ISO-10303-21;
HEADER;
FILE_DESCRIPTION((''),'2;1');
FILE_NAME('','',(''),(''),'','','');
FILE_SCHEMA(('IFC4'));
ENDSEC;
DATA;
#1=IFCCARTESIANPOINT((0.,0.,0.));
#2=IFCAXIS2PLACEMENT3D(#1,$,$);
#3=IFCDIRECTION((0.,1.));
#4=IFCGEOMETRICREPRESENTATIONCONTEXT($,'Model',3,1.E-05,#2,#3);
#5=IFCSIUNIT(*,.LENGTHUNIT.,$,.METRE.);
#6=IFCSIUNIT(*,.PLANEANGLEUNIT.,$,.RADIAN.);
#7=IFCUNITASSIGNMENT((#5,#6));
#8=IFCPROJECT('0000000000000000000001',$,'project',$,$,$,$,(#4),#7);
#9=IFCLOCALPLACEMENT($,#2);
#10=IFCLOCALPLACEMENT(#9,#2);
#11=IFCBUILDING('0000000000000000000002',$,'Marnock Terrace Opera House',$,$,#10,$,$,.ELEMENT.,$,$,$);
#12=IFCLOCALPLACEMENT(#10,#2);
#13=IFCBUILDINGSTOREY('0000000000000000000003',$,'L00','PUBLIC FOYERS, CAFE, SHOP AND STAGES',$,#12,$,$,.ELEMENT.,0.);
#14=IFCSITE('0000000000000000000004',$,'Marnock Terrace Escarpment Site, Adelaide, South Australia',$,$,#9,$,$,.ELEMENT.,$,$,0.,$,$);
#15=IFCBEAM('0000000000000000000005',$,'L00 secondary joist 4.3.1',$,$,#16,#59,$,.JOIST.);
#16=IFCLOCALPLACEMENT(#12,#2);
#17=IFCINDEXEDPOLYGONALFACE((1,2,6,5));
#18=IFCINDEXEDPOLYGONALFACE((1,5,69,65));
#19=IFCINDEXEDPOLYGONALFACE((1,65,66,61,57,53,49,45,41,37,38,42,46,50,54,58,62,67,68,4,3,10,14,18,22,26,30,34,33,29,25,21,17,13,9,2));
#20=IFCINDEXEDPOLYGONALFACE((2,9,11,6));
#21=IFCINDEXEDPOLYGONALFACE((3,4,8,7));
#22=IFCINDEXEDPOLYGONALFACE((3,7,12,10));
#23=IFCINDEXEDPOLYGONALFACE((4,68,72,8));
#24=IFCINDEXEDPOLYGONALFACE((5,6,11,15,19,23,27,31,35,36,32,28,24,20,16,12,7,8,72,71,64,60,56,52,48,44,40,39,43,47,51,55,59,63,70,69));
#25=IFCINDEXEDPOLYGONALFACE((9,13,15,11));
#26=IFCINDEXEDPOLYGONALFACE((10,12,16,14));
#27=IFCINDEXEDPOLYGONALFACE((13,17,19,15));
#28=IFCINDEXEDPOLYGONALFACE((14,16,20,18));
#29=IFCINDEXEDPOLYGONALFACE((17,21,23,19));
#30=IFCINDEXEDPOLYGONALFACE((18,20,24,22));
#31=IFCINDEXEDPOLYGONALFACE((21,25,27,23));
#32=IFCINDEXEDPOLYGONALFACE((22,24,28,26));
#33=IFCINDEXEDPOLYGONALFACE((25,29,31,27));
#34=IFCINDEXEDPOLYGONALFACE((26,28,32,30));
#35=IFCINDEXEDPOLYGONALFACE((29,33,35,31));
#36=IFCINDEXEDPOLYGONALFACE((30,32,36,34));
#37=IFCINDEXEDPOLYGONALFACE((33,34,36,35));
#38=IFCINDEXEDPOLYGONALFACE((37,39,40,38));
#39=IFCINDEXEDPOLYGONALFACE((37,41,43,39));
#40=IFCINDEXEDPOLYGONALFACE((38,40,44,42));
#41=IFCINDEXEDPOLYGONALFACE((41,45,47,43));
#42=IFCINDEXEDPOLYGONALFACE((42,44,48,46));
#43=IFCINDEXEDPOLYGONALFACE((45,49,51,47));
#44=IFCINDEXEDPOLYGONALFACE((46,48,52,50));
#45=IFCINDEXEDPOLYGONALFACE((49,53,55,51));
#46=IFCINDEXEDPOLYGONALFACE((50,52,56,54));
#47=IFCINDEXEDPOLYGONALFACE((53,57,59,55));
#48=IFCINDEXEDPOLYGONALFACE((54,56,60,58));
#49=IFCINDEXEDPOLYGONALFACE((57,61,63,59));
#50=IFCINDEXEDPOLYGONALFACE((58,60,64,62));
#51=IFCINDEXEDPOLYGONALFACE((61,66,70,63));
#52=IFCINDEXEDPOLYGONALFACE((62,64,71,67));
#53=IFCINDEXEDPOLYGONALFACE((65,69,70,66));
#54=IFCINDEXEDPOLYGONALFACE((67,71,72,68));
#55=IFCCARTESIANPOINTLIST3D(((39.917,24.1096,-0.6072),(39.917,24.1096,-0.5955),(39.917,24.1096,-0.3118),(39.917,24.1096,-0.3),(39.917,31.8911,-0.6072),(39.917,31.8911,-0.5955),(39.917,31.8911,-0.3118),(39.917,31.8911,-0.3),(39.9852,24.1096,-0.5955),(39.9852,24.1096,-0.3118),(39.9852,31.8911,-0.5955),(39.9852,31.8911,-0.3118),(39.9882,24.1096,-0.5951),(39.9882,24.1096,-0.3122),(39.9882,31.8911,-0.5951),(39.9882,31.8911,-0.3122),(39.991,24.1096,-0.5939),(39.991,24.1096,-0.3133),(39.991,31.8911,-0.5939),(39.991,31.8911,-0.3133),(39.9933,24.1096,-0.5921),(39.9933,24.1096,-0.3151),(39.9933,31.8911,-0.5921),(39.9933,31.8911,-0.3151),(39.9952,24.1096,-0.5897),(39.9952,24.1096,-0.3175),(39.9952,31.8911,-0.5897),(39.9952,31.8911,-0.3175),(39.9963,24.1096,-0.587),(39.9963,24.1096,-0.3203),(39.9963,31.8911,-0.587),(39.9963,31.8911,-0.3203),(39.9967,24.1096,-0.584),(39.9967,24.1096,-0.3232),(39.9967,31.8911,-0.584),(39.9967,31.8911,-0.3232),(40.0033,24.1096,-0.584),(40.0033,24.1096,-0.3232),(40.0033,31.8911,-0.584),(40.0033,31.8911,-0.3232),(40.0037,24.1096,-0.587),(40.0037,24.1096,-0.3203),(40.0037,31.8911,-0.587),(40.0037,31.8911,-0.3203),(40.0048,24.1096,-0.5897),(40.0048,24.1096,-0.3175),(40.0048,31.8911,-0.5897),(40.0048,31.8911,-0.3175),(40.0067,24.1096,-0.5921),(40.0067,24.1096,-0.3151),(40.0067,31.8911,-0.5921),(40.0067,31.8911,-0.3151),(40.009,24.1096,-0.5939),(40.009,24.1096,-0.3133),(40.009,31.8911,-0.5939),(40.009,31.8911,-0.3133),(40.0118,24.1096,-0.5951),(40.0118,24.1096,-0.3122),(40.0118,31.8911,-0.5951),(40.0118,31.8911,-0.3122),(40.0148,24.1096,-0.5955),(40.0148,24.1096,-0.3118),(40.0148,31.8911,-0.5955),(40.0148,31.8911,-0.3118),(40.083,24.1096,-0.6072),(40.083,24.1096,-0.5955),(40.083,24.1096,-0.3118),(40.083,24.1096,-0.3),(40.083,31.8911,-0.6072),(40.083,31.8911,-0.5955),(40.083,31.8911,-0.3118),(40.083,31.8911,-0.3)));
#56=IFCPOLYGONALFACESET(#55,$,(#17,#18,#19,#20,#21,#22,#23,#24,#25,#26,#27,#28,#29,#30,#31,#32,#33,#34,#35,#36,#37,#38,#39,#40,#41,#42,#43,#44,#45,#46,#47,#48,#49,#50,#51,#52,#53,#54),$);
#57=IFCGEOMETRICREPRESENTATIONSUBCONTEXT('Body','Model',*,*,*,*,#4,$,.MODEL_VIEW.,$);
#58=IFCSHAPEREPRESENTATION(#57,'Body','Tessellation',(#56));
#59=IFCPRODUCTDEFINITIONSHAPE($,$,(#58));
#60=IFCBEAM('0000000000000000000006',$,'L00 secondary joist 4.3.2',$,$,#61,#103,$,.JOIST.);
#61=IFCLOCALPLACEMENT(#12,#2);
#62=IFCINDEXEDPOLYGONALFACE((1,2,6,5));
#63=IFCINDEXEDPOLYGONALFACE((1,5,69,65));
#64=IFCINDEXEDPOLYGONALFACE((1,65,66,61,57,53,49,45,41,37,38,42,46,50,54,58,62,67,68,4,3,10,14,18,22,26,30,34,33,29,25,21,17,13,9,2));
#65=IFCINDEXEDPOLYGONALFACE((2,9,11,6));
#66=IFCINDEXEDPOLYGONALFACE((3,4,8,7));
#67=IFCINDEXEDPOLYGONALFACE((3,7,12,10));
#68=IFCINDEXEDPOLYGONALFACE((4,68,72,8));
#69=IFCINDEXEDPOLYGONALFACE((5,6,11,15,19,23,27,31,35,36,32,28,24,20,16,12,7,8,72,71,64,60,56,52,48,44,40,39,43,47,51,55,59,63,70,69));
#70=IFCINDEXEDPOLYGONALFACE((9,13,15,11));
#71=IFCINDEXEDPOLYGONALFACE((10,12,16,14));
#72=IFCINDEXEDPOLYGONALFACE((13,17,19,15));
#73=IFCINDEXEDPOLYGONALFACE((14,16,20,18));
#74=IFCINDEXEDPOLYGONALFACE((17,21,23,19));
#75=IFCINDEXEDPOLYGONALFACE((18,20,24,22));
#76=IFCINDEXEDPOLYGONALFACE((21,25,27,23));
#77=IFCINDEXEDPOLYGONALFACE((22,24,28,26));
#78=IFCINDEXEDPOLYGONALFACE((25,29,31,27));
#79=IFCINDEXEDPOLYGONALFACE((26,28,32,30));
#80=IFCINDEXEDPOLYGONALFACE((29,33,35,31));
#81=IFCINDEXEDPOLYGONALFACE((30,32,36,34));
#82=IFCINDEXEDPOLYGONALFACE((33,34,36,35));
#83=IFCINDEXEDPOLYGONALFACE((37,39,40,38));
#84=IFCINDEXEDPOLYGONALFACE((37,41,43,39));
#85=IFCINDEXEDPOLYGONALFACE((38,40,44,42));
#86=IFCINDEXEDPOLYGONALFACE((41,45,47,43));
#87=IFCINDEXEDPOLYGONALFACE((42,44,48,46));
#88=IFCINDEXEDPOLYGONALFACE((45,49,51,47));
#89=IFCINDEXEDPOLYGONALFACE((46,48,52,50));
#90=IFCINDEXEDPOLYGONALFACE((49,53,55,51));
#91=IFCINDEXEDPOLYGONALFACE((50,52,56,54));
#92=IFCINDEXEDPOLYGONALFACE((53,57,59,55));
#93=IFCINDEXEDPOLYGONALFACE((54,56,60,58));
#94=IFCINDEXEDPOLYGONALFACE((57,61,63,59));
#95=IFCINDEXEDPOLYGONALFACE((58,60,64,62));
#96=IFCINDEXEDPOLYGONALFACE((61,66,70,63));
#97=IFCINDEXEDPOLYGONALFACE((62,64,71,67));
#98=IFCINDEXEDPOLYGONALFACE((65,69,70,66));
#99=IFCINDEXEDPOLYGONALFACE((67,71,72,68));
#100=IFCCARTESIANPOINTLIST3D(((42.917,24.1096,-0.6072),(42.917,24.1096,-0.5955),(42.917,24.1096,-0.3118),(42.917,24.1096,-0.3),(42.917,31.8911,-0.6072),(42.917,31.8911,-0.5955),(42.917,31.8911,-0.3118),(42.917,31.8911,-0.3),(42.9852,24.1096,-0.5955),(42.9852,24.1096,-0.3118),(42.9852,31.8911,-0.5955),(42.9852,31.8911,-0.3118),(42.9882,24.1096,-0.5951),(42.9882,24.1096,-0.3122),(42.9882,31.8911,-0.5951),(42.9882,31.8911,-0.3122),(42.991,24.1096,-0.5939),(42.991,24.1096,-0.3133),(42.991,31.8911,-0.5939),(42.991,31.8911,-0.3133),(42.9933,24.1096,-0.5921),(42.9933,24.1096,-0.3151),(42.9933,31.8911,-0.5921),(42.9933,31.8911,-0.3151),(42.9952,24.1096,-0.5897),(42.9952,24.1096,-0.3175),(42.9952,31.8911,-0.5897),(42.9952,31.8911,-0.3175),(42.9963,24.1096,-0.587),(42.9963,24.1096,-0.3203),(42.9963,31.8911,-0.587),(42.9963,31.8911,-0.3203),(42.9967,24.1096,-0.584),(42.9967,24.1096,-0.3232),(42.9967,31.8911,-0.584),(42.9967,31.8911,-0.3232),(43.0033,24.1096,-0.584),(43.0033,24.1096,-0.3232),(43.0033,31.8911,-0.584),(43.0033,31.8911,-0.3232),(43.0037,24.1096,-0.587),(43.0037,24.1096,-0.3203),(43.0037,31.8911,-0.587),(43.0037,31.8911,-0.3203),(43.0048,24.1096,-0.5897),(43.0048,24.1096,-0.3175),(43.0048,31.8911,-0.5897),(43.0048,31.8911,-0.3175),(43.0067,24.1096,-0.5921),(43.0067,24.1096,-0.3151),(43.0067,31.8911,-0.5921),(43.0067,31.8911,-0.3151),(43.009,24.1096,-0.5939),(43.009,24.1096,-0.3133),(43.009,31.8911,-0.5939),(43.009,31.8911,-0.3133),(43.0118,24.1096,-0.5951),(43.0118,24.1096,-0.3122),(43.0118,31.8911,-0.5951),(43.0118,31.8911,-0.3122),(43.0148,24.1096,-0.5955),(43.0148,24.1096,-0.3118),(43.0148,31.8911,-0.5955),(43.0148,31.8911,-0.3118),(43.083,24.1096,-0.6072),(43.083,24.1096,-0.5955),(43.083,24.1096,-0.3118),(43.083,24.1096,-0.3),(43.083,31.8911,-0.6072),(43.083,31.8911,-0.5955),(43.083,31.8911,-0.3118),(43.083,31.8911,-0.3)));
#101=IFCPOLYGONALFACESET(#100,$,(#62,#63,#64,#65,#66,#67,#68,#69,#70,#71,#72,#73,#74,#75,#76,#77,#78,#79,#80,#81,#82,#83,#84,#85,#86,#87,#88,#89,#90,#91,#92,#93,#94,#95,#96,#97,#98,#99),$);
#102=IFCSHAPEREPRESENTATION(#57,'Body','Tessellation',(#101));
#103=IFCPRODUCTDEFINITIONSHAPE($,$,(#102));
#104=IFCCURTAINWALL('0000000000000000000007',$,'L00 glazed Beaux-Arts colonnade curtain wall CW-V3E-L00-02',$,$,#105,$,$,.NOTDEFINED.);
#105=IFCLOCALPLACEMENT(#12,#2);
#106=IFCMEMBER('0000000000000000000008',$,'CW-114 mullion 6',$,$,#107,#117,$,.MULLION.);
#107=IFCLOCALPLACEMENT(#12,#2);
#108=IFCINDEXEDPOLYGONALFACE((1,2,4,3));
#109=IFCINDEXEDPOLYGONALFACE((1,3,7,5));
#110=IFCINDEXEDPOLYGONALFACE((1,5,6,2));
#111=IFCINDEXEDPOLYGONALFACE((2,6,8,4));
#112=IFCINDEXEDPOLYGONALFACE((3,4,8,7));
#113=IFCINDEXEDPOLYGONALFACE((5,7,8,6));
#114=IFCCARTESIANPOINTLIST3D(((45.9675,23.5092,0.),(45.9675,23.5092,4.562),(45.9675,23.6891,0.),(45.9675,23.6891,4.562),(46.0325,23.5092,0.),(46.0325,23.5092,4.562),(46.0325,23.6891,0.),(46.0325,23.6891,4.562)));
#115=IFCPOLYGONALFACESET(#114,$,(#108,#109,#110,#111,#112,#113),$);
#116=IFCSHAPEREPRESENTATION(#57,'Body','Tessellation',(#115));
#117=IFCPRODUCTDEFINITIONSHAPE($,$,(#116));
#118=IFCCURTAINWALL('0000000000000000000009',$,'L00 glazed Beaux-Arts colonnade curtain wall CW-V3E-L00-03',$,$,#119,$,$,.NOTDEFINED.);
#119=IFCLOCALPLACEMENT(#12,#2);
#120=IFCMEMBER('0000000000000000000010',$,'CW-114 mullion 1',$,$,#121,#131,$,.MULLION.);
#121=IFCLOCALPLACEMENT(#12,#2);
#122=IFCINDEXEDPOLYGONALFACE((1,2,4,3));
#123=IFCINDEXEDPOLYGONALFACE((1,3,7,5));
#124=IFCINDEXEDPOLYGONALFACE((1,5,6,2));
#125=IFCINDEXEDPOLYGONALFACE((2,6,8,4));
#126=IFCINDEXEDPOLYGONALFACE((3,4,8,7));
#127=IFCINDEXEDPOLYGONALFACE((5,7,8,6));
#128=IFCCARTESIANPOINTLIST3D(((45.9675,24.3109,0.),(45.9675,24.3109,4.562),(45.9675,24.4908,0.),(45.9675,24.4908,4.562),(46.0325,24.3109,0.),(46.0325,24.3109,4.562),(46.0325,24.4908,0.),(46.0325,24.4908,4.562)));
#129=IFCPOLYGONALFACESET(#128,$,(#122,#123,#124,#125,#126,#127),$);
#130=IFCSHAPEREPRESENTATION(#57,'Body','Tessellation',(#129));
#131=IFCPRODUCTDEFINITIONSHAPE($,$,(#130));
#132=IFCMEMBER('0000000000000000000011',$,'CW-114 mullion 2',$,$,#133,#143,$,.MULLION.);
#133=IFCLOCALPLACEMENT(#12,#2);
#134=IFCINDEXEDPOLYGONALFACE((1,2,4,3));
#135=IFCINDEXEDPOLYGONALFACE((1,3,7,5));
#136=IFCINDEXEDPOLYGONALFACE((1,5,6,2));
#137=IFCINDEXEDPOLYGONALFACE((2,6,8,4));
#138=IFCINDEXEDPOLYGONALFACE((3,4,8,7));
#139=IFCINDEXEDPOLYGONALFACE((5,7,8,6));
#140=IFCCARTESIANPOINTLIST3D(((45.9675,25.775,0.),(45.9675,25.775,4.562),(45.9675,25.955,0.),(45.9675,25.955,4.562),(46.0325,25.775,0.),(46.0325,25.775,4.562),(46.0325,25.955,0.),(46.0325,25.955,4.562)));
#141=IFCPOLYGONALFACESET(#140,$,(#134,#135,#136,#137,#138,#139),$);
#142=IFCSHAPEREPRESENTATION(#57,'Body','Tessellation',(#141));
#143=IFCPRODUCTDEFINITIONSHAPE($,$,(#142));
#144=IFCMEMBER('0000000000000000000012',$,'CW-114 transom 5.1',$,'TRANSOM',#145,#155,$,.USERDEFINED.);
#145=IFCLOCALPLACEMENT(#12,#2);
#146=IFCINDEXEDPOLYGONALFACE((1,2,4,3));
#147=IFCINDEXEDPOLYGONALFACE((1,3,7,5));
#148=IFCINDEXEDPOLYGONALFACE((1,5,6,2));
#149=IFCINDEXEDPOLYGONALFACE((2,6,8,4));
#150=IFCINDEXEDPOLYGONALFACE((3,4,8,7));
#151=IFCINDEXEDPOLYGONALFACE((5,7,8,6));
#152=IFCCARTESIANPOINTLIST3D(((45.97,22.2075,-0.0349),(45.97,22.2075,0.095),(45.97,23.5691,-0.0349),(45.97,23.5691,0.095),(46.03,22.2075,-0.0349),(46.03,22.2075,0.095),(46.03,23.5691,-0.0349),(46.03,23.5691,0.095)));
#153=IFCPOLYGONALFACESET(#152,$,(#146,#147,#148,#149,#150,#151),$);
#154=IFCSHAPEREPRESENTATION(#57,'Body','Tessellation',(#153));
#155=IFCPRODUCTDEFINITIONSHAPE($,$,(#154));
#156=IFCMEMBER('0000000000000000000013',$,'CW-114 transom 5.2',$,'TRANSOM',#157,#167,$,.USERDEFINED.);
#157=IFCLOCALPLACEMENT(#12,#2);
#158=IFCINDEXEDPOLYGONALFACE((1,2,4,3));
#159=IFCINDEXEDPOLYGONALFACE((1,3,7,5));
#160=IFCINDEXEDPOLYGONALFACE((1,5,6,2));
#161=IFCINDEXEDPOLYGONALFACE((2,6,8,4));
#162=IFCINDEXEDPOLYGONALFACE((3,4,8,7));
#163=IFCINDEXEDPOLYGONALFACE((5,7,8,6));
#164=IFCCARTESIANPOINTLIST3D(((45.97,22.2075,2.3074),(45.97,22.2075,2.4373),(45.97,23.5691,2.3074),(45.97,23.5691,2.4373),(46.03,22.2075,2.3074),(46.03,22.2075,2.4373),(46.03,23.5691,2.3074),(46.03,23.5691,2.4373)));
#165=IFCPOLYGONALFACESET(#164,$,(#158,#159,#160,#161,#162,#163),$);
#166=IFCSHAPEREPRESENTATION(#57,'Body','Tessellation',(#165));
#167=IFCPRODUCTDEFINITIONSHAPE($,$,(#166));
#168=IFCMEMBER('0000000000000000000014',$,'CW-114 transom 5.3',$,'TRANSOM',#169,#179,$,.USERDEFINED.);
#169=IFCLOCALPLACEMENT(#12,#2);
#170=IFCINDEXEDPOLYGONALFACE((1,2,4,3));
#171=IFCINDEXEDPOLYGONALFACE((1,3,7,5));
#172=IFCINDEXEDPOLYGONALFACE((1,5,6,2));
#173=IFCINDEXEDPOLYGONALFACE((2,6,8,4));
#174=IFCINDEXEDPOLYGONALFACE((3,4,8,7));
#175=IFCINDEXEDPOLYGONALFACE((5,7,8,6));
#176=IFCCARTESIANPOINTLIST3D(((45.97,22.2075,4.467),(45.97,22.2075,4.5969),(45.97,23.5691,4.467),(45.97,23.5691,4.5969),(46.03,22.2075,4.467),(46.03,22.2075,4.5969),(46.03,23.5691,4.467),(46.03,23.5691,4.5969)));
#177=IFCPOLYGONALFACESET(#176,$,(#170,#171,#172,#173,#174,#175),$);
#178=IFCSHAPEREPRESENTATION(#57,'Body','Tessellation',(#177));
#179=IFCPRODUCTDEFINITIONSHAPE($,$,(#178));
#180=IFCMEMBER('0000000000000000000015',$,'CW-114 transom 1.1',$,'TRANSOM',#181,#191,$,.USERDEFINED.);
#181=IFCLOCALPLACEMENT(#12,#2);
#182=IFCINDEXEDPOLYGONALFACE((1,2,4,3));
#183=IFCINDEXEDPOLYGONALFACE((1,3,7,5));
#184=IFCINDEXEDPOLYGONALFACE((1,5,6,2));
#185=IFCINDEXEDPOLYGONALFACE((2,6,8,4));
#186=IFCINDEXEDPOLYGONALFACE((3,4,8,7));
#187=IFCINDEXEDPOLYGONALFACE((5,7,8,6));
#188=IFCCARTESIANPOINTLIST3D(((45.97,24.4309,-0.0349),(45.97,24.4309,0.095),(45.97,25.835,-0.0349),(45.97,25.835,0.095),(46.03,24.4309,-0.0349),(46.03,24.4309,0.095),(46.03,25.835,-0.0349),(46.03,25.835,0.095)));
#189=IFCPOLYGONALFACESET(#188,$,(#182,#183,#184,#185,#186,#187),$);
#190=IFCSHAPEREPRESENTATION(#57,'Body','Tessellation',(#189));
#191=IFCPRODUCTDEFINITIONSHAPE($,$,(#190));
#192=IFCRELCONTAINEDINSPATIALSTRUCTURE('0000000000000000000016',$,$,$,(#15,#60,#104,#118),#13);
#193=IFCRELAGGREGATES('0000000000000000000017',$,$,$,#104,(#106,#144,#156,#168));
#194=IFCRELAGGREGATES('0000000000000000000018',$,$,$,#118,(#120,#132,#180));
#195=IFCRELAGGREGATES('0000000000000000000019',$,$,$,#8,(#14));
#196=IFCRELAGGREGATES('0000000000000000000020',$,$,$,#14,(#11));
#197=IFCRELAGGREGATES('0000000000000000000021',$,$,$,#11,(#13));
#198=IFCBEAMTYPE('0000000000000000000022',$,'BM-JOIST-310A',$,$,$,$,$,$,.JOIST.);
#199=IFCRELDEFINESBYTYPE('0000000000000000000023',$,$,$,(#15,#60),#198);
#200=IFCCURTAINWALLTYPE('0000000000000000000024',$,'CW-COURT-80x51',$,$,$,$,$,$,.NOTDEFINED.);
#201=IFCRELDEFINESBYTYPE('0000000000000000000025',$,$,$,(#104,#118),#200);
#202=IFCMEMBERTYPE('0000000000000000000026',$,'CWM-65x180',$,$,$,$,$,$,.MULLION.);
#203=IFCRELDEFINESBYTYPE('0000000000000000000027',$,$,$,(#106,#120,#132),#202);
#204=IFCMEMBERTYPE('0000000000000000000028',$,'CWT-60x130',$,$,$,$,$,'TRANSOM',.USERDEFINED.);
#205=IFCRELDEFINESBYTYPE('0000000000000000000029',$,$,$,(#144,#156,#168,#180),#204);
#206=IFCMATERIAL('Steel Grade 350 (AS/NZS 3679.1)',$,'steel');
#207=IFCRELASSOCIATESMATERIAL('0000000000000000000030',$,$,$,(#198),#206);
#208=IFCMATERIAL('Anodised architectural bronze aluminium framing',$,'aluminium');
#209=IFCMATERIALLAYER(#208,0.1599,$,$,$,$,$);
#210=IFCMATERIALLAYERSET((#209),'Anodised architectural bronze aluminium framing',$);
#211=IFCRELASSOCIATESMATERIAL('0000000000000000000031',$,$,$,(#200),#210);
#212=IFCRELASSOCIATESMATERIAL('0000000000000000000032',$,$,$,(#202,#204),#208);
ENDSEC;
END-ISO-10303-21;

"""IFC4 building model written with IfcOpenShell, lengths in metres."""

from ifc_helpers import new_model, si_unit, direction, frame, origin, origin_2d, place, context, subcontext, project, spatial, rectangle, i_section, extrude, material, layer, layer_set, material_profile, profile_set, type_object, element, aggregate, save


model = new_model("IFC4")

# Units and contexts
model_context = context("Model", 3, precision=1e-05, world=origin(), true_north=direction((0.0, 1.0)))
body_context = subcontext(model_context, "Body", "Model", "MODEL_VIEW")
ifc_project = project(units=[si_unit("LENGTHUNIT", "METRE"), si_unit("PLANEANGLEUNIT", "RADIAN")], contexts=[model_context])

# Site, building, storey
site_placement = place(None, origin())
site = spatial("IfcSite", under=ifc_project, at=site_placement, Name="Marnock Terrace Escarpment Site, Adelaide, South Australia", CompositionType="ELEMENT", RefElevation=0.0)
building_placement = place(site_placement, origin())
building = spatial("IfcBuilding", under=site, at=building_placement, Name="Marnock Terrace Opera House", CompositionType="ELEMENT")
storey_placement = place(building_placement, origin())
storey = spatial("IfcBuildingStorey", under=building, at=storey_placement, Name="L00", Description="PUBLIC FOYERS, CAFE, SHOP AND STAGES", CompositionType="ELEMENT", Elevation=0.0)

# Beams
ifc_material_1 = material(Name="Steel Grade 350 (AS/NZS 3679.1)", Category="steel")
ifc_material_profile_1 = material_profile(ifc_material_1, i_section(OverallWidth=0.166, OverallDepth=0.3071, WebThickness=0.0066, FlangeThickness=0.0117, FilletRadius=0.0115, at=origin_2d()))
ifc_profile_set_1 = profile_set([ifc_material_profile_1], Name="Steel Grade 350 (AS/NZS 3679.1)")
beam_type_1 = type_object("IfcBeamType", Name="BM-JOIST-310A", PredefinedType="JOIST", material=ifc_profile_set_1)
for number, where, z_axis, x_axis, name in (
    (1, (40.0, 24.1096, -0.4536), (0.0, 1.0, 0.0), (-1.0, 0.0, 0.0), "L00 secondary joist 4.3.1"),
    (2, (43.0, 24.1096, -0.4536), (0.0, 1.0, 0.0), (-1.0, 0.0, 0.0), "L00 secondary joist 4.3.2"),
):
    element("IfcBeam", number, at=place(storey_placement, frame(where, z_axis=z_axis, x_axis=x_axis)), inside=storey, type_object=beam_type_1, Name=name, PredefinedType="JOIST", context=body_context, shape_type="SweptSolid", body=[
        extrude(i_section(OverallWidth=0.166, OverallDepth=0.3071, WebThickness=0.0066, FlangeThickness=0.0117, FilletRadius=0.0115, at=origin_2d()), origin(), (0.0, 0.0, 1.0), 7.7815),
    ])

# Curtain wall, member
ifc_material_2 = material(Name="Anodised architectural bronze aluminium framing", Category="aluminium")
ifc_layer_1 = layer(ifc_material_2, 0.1599)
ifc_layer_set_1 = layer_set([ifc_layer_1], Name="Anodised architectural bronze aluminium framing")
curtain_wall_type = type_object("IfcCurtainWallType", Name="CW-COURT-80x51", PredefinedType="NOTDEFINED", material=ifc_layer_set_1)
curtain_wall_1_placement = place(storey_placement, origin())
curtain_wall_1 = element("IfcCurtainWall", 3, at=curtain_wall_1_placement, inside=storey, type_object=curtain_wall_type, Name="L00 glazed Beaux-Arts colonnade curtain wall CW-V3E-L00-02", PredefinedType="NOTDEFINED")
ifc_material_profile_2 = material_profile(ifc_material_2, rectangle(XDim=0.0649, YDim=0.1799, at=origin_2d()))
ifc_profile_set_2 = profile_set([ifc_material_profile_2], Name="Anodised architectural bronze aluminium framing")
member_type_1 = type_object("IfcMemberType", Name="CWM-65x180", PredefinedType="MULLION", material=ifc_profile_set_2)
member_1_placement = place(storey_placement, frame((46.0, 23.5991, 0.0), z_axis=(0.0, 0.0, 1.0), x_axis=(-1.0, 0.0, 0.0)))
member_1 = element("IfcMember", 4, at=member_1_placement, type_object=member_type_1, Name="CW-114 mullion 6", PredefinedType="MULLION", context=body_context, shape_type="SweptSolid", body=[
    extrude(rectangle(XDim=0.0649, YDim=0.1799, at=origin_2d()), origin(), (0.0, 0.0, 1.0), 4.562),
])

# Curtain wall, members
curtain_wall_2_placement = place(storey_placement, origin())
curtain_wall_2 = element("IfcCurtainWall", 5, at=curtain_wall_2_placement, inside=storey, type_object=curtain_wall_type, Name="L00 glazed Beaux-Arts colonnade curtain wall CW-V3E-L00-03", PredefinedType="NOTDEFINED")
member_2_placement = place(storey_placement, frame((46.0, 24.4009, 0.0), z_axis=(0.0, 0.0, 1.0), x_axis=(-1.0, 0.0, 0.0)))
member_2 = element("IfcMember", 6, at=member_2_placement, type_object=member_type_1, Name="CW-114 mullion 1", PredefinedType="MULLION", context=body_context, shape_type="SweptSolid", body=[
    extrude(rectangle(XDim=0.0649, YDim=0.1799, at=origin_2d()), origin(), (0.0, 0.0, 1.0), 4.562),
])
member_3_placement = place(storey_placement, frame((46.0, 25.865, 0.0), z_axis=(0.0, 0.0, 1.0), x_axis=(-1.0, 0.0, 0.0)))
member_3 = element("IfcMember", 7, at=member_3_placement, type_object=member_type_1, Name="CW-114 mullion 2", PredefinedType="MULLION", context=body_context, shape_type="SweptSolid", body=[
    extrude(rectangle(XDim=0.0649, YDim=0.1799, at=origin_2d()), origin(), (0.0, 0.0, 1.0), 4.562),
])

# Members
ifc_material_profile_3 = material_profile(ifc_material_2, rectangle(XDim=0.0601, YDim=0.1299, at=origin_2d()))
ifc_profile_set_3 = profile_set([ifc_material_profile_3], Name="Anodised architectural bronze aluminium framing")
member_type_2 = type_object("IfcMemberType", Name="CWT-60x130", ElementType="TRANSOM", PredefinedType="USERDEFINED", material=ifc_profile_set_3)
member_4_placement = place(storey_placement, frame((46.0, 22.2075, 0.03), z_axis=(0.0, 1.0, 0.0), x_axis=(-1.0, 0.0, 0.0)))
member_4 = element("IfcMember", 8, at=member_4_placement, type_object=member_type_2, Name="CW-114 transom 5.1", ObjectType="TRANSOM", PredefinedType="USERDEFINED", context=body_context, shape_type="SweptSolid", body=[
    extrude(rectangle(XDim=0.0601, YDim=0.1299, at=origin_2d()), origin(), (0.0, 0.0, 1.0), 1.3616),
])
member_5_placement = place(storey_placement, frame((46.0, 22.2075, 2.3723), z_axis=(0.0, 1.0, 0.0), x_axis=(-1.0, 0.0, 0.0)))
member_5 = element("IfcMember", 9, at=member_5_placement, type_object=member_type_2, Name="CW-114 transom 5.2", ObjectType="TRANSOM", PredefinedType="USERDEFINED", context=body_context, shape_type="SweptSolid", body=[
    extrude(rectangle(XDim=0.0601, YDim=0.1299, at=origin_2d()), origin(), (0.0, 0.0, 1.0), 1.3616),
])
member_6_placement = place(storey_placement, frame((46.0, 22.2075, 4.532), z_axis=(0.0, 1.0, 0.0), x_axis=(-1.0, 0.0, 0.0)))
member_6 = element("IfcMember", 10, at=member_6_placement, type_object=member_type_2, Name="CW-114 transom 5.3", ObjectType="TRANSOM", PredefinedType="USERDEFINED", context=body_context, shape_type="SweptSolid", body=[
    extrude(rectangle(XDim=0.0601, YDim=0.1299, at=origin_2d()), origin(), (0.0, 0.0, 1.0), 1.3616),
])
member_7_placement = place(storey_placement, frame((46.0, 24.4309, 0.03), z_axis=(0.0, 1.0, 0.0), x_axis=(-1.0, 0.0, 0.0)))
member_7 = element("IfcMember", 11, at=member_7_placement, type_object=member_type_2, Name="CW-114 transom 1.1", ObjectType="TRANSOM", PredefinedType="USERDEFINED", context=body_context, shape_type="SweptSolid", body=[
    extrude(rectangle(XDim=0.0601, YDim=0.1299, at=origin_2d()), origin(), (0.0, 0.0, 1.0), 1.4041),
])

aggregate(curtain_wall_1, [member_1, member_4, member_5, member_6])
aggregate(curtain_wall_2, [member_2, member_3, member_7])

save(model, "model.ifc")
